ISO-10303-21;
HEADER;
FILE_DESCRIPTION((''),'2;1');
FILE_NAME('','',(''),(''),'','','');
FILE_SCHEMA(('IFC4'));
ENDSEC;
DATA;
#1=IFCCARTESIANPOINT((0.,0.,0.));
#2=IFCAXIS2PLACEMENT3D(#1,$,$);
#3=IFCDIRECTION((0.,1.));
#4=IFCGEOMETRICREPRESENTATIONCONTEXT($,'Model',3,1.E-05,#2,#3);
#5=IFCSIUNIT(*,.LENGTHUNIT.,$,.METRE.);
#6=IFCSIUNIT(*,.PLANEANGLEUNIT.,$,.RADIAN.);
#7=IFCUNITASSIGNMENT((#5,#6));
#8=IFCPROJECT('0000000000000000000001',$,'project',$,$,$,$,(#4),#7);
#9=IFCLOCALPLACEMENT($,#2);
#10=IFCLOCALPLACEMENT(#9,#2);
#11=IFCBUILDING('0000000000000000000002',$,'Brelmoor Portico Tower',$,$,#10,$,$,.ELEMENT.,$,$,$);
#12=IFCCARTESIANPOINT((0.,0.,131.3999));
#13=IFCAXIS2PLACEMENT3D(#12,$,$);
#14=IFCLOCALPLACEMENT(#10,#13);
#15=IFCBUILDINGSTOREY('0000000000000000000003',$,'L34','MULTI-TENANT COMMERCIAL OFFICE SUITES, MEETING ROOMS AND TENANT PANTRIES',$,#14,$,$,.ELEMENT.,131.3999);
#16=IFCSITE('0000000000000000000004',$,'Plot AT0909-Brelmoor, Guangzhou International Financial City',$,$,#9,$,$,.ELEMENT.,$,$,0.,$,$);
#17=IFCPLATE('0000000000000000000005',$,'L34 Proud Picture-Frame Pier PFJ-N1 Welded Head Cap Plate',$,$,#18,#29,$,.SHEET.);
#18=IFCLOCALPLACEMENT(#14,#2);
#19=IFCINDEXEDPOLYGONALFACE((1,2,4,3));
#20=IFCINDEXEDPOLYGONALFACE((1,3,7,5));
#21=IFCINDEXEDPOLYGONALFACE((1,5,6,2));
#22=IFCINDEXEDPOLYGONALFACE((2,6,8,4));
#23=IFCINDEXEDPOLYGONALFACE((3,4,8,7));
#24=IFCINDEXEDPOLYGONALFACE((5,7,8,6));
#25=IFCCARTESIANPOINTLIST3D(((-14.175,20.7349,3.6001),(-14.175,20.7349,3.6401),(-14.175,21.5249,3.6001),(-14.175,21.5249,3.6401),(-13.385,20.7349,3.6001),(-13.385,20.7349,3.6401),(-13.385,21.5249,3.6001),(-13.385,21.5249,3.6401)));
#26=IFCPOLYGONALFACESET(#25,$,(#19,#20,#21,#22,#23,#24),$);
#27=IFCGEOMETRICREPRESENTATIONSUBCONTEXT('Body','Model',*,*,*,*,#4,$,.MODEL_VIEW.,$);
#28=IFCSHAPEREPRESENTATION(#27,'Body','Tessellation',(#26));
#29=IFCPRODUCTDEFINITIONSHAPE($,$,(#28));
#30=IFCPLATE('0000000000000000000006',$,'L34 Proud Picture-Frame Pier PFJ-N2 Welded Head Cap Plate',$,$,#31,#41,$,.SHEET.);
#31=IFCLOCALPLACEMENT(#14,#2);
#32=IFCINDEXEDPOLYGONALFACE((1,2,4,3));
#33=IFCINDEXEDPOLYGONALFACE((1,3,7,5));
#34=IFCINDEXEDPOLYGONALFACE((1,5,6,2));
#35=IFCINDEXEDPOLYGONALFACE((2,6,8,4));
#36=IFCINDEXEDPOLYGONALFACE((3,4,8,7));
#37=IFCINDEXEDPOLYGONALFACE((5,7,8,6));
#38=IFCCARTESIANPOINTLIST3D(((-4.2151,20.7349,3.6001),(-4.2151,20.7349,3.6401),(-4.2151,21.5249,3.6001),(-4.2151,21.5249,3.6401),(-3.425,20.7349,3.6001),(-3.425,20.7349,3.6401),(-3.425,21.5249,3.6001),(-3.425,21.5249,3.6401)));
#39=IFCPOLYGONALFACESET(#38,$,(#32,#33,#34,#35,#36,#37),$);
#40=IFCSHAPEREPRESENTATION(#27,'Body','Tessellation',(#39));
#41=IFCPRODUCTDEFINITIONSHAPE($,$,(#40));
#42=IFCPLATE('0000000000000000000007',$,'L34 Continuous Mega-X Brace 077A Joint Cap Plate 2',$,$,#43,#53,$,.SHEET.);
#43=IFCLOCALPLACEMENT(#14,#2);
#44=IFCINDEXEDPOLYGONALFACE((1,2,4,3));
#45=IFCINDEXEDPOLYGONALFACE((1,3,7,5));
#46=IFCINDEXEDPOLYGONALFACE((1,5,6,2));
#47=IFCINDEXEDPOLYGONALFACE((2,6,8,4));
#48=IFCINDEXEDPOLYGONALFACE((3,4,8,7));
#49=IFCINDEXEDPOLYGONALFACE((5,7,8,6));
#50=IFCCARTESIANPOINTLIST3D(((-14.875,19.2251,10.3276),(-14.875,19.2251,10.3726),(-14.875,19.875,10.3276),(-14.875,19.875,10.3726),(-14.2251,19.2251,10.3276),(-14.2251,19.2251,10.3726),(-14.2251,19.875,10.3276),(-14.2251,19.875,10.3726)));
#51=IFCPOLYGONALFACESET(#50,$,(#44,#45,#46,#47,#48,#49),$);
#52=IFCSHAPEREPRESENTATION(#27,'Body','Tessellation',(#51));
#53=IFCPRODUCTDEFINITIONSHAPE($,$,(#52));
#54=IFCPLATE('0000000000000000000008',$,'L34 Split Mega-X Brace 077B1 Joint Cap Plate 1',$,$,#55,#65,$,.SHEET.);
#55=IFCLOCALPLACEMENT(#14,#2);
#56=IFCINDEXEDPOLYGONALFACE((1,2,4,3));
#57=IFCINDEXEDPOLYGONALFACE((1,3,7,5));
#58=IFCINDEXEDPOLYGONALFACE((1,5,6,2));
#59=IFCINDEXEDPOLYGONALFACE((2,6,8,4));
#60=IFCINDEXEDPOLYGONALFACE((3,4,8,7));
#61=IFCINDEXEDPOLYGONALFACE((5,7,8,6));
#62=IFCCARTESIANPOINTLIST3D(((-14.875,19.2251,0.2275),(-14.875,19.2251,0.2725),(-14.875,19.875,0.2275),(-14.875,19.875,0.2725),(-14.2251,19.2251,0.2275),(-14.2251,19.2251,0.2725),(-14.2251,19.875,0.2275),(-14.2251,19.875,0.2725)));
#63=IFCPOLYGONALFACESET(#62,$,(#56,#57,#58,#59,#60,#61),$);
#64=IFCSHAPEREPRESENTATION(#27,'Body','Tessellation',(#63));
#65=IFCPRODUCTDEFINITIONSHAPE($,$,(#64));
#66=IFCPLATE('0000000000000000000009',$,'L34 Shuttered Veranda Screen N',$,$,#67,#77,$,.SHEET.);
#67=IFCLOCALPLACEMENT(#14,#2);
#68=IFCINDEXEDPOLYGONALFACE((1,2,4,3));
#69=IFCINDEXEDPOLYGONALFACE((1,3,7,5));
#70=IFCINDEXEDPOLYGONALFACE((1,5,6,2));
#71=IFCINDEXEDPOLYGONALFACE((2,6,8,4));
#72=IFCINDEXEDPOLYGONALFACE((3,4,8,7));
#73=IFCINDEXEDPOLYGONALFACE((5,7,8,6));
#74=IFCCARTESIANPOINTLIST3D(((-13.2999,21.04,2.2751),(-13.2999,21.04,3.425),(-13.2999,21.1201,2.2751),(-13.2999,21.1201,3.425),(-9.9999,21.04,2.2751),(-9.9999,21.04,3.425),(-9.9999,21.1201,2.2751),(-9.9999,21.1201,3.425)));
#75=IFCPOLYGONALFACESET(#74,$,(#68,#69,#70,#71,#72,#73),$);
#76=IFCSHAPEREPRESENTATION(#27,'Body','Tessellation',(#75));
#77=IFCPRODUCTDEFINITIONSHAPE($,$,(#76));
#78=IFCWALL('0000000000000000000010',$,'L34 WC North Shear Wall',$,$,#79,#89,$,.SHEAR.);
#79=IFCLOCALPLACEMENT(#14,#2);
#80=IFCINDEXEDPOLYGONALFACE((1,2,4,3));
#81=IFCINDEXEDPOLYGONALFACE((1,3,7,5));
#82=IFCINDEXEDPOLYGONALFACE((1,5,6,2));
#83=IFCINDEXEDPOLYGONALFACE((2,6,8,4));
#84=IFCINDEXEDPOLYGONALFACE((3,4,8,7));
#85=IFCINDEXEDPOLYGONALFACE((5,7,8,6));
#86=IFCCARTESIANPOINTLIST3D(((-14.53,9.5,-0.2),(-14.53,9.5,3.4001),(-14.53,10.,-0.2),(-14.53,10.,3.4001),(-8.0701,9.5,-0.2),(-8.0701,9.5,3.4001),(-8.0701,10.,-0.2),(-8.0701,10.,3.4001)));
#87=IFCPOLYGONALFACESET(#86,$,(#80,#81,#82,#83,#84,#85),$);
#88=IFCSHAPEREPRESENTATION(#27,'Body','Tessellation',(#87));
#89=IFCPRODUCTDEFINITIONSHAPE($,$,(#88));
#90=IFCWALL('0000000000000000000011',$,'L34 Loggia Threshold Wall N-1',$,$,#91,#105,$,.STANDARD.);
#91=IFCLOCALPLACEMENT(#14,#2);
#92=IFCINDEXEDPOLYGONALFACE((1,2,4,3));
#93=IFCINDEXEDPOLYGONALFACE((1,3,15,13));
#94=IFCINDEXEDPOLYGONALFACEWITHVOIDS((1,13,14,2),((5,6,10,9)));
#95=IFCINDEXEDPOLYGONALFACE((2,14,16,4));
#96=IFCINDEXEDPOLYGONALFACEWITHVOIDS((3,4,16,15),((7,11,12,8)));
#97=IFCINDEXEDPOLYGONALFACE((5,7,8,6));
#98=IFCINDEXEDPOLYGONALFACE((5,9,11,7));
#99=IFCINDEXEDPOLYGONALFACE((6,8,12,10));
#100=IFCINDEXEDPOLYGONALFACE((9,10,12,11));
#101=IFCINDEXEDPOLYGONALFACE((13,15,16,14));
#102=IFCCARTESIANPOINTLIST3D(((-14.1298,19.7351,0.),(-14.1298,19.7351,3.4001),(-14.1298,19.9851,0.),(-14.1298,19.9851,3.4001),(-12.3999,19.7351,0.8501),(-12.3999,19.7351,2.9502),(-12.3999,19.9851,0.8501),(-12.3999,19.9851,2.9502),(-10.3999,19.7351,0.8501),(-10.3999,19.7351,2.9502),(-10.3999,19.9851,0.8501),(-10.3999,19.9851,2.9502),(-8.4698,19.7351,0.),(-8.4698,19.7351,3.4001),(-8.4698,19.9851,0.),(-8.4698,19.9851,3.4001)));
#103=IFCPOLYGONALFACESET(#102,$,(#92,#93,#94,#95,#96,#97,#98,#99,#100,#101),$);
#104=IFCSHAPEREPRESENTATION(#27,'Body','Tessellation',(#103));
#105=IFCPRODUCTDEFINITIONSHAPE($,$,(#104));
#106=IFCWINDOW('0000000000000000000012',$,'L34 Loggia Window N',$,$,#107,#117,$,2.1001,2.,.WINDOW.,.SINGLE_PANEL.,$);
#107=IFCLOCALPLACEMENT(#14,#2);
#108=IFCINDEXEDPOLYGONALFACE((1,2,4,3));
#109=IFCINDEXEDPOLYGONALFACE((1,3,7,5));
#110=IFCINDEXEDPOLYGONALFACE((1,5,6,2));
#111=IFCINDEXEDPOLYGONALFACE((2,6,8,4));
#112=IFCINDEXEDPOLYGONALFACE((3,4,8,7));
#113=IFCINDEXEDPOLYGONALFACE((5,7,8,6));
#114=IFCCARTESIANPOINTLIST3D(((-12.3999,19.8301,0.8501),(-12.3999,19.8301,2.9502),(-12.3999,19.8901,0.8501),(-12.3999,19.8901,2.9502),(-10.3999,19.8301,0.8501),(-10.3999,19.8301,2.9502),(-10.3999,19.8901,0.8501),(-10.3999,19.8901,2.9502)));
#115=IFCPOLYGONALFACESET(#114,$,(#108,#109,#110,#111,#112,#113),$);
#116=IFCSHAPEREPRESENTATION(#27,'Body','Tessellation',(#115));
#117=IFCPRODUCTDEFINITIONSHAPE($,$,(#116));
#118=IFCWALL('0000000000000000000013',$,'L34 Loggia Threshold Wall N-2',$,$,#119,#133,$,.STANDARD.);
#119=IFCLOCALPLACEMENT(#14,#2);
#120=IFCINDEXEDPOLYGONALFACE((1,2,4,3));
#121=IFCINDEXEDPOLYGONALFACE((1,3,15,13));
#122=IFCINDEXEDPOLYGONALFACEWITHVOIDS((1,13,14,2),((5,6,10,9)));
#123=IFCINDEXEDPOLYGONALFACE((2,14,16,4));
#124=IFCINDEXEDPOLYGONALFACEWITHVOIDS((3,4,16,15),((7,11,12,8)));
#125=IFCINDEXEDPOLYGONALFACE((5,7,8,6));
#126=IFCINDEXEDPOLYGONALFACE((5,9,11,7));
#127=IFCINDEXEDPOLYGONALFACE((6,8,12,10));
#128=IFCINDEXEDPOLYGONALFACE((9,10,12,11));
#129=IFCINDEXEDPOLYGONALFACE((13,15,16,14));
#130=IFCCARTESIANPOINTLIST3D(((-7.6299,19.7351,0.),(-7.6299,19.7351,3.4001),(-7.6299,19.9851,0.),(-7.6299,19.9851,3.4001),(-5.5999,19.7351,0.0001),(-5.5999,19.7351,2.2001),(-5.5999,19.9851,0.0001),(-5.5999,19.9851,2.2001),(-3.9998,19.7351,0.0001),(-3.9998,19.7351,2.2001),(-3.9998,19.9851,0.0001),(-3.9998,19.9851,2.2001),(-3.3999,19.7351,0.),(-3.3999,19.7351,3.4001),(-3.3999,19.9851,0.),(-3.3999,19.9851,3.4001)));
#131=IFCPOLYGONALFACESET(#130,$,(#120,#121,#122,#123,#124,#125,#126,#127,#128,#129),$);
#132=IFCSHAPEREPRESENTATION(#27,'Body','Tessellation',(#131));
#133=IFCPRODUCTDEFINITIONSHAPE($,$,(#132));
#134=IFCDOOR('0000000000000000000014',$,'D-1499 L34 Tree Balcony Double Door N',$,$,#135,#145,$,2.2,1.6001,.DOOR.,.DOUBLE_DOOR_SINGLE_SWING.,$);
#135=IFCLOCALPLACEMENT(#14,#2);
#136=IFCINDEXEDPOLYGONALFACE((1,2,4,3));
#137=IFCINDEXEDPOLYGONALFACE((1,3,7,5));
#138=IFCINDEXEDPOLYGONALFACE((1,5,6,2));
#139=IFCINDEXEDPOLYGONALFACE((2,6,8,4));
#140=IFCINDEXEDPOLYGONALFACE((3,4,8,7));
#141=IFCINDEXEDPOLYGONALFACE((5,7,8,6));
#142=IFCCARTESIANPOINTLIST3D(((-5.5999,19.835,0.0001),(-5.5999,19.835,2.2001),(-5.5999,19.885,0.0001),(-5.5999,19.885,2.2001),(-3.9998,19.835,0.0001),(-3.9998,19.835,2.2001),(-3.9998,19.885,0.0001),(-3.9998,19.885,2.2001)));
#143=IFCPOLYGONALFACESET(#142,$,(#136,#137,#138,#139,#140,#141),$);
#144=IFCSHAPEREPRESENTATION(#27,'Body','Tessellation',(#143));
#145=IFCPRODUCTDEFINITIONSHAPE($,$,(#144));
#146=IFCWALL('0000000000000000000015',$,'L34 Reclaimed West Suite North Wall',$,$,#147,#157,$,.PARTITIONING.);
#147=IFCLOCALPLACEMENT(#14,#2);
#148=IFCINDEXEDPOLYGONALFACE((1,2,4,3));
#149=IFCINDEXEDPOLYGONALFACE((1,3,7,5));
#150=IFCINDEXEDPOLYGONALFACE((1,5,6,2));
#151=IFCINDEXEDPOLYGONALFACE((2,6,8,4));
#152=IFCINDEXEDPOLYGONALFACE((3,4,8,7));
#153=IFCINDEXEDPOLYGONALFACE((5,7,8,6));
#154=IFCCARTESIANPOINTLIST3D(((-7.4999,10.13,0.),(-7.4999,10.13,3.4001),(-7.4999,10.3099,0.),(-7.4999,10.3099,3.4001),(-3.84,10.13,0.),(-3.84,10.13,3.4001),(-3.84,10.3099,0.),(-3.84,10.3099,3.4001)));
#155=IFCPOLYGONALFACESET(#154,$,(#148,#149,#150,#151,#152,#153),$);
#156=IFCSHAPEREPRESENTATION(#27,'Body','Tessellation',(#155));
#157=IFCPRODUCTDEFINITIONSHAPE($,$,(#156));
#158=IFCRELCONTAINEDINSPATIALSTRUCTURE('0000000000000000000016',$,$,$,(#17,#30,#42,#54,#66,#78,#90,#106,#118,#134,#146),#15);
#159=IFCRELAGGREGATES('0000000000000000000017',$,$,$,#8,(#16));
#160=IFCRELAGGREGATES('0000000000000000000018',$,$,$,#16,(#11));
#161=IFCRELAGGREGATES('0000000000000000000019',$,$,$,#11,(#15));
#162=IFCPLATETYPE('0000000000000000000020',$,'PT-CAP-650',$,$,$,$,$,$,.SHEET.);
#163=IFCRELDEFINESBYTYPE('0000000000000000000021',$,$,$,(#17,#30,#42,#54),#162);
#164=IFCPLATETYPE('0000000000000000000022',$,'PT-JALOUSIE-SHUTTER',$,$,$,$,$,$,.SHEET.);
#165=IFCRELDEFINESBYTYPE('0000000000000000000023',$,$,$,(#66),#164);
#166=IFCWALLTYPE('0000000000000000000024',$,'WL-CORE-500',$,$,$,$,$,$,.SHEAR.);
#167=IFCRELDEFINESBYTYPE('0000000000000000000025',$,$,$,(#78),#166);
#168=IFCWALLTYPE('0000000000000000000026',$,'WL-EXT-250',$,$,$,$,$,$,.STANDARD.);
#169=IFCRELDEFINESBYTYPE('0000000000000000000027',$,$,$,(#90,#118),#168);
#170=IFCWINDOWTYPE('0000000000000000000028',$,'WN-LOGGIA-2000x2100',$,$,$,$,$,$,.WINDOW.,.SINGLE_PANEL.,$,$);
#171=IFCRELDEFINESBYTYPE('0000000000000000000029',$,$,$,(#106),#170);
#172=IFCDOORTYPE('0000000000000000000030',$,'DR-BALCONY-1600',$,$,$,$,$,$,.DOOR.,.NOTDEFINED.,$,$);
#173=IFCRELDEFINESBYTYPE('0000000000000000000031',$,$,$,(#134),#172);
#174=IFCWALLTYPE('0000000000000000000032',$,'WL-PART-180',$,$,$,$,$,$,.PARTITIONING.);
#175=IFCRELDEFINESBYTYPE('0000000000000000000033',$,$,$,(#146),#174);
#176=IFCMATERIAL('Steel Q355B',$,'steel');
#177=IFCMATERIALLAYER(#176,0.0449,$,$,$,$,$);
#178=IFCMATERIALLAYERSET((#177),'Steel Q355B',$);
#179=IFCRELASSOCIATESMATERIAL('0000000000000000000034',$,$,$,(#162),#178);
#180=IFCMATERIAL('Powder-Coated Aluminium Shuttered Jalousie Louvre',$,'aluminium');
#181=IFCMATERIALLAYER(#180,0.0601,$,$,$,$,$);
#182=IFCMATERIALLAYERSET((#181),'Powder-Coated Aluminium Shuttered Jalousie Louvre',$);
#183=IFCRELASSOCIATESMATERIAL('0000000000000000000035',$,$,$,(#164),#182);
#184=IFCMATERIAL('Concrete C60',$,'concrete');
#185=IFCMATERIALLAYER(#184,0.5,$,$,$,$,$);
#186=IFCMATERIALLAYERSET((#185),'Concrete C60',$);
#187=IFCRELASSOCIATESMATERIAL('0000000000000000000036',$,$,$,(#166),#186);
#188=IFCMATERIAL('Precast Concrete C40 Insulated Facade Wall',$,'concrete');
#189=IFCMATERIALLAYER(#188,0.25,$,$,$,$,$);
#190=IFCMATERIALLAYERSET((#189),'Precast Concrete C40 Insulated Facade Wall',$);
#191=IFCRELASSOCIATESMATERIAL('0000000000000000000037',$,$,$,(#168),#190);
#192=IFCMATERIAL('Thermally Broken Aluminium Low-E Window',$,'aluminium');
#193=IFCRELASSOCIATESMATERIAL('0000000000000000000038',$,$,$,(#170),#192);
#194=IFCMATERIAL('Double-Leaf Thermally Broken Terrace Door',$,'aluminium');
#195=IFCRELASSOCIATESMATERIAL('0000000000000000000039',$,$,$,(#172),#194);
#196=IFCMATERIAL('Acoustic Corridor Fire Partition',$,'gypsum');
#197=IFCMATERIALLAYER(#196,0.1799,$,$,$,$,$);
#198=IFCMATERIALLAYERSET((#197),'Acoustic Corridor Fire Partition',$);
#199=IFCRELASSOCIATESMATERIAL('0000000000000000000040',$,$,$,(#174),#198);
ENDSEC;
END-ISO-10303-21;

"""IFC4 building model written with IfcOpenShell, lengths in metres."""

from ifc_helpers import new_model, si_unit, direction, frame, frame_2d, origin, origin_2d, place, context, subcontext, project, spatial, rectangle, extrude, material, layer, layer_set, type_object, element, fill, save


model = new_model("IFC4")

# Units and contexts
model_context = context("Model", 3, precision=1e-05, world=origin(), true_north=direction((0.0, 1.0)))
body_context = subcontext(model_context, "Body", "Model", "MODEL_VIEW")
ifc_project = project(units=[si_unit("LENGTHUNIT", "METRE"), si_unit("PLANEANGLEUNIT", "RADIAN")], contexts=[model_context])

# Site, building, storey
site_placement = place(None, origin())
site = spatial("IfcSite", under=ifc_project, at=site_placement, Name="Plot AT0909-Brelmoor, Guangzhou International Financial City", CompositionType="ELEMENT", RefElevation=0.0)
building_placement = place(site_placement, origin())
building = spatial("IfcBuilding", under=site, at=building_placement, Name="Brelmoor Portico Tower", CompositionType="ELEMENT")
storey_placement = place(building_placement, frame((0.0, 0.0, 131.3999)))
storey = spatial("IfcBuildingStorey", under=building, at=storey_placement, Name="L34", Description="MULTI-TENANT COMMERCIAL OFFICE SUITES, MEETING ROOMS AND TENANT PANTRIES", CompositionType="ELEMENT", Elevation=131.3999)

# Shared definitions
ifc_material_1 = material(Name="Steel Q355B", Category="steel")

# Plates
ifc_layer_1 = layer(ifc_material_1, 0.0449)
ifc_layer_set_1 = layer_set([ifc_layer_1], Name="Steel Q355B")
plate_type_1 = type_object("IfcPlateType", Name="PT-CAP-650", PredefinedType="SHEET", material=ifc_layer_set_1)
for number, where, z_axis, x_axis, name in (
    (1, (-13.78, 21.1299, 3.6001), (0.0, 0.0, 1.0), (1.0, 0.0, 0.0), "L34 Proud Picture-Frame Pier PFJ-N1 Welded Head Cap Plate"),
    (2, (-3.8201, 21.1299, 3.6001), (0.0, 0.0, 1.0), (1.0, 0.0, 0.0), "L34 Proud Picture-Frame Pier PFJ-N2 Welded Head Cap Plate"),
):
    element("IfcPlate", number, at=place(storey_placement, frame(where, z_axis=z_axis, x_axis=x_axis)), inside=storey, type_object=plate_type_1, Name=name, PredefinedType="SHEET", context=body_context, shape_type="SweptSolid", body=[
        extrude(rectangle(XDim=0.79, YDim=0.79, at=origin_2d()), origin(), (0.0, 0.0, 1.0), 0.04),
    ])
for number, where, z_axis, x_axis, name in (
    (3, (-14.55, 19.55, 10.3276), (0.0, 0.0, 1.0), (1.0, 0.0, 0.0), "L34 Continuous Mega-X Brace 077A Joint Cap Plate 2"),
    (4, (-14.55, 19.55, 0.2275), (0.0, 0.0, 1.0), (1.0, 0.0, 0.0), "L34 Split Mega-X Brace 077B1 Joint Cap Plate 1"),
):
    element("IfcPlate", number, at=place(storey_placement, frame(where, z_axis=z_axis, x_axis=x_axis)), inside=storey, type_object=plate_type_1, Name=name, PredefinedType="SHEET", context=body_context, shape_type="SweptSolid", body=[
        extrude(rectangle(XDim=0.6499, YDim=0.6499, at=origin_2d()), origin(), (0.0, 0.0, 1.0), 0.0449),
    ])
ifc_material_2 = material(Name="Powder-Coated Aluminium Shuttered Jalousie Louvre", Category="aluminium")
ifc_layer_2 = layer(ifc_material_2, 0.0601)
ifc_layer_set_2 = layer_set([ifc_layer_2], Name="Powder-Coated Aluminium Shuttered Jalousie Louvre")
plate_type_2 = type_object("IfcPlateType", Name="PT-JALOUSIE-SHUTTER", PredefinedType="SHEET", material=ifc_layer_set_2)
plate_placement = place(storey_placement, frame((-11.6499, 21.0801, 2.2751), z_axis=(0.0, 0.0, 1.0), x_axis=(1.0, 0.0, 0.0)))
element("IfcPlate", 5, at=plate_placement, inside=storey, type_object=plate_type_2, Name="L34 Shuttered Veranda Screen N", PredefinedType="SHEET", context=body_context, shape_type="SweptSolid", body=[
    extrude(rectangle(XDim=3.3, YDim=0.0801, at=origin_2d()), origin(), (0.0, 0.0, 1.0), 1.1499),
])

# Wall
ifc_material_3 = material(Name="Concrete C60", Category="concrete")
ifc_layer_3 = layer(ifc_material_3, 0.5)
ifc_layer_set_3 = layer_set([ifc_layer_3], Name="Concrete C60")
wall_type_1 = type_object("IfcWallType", Name="WL-CORE-500", PredefinedType="SHEAR", material=ifc_layer_set_3)
wall_1_placement = place(storey_placement, frame((-14.53, 9.75, -0.2), z_axis=(0.0, 0.0, 1.0), x_axis=(1.0, 0.0, 0.0)))
element("IfcWall", 6, at=wall_1_placement, inside=storey, type_object=wall_type_1, Name="L34 WC North Shear Wall", PredefinedType="SHEAR", context=body_context, shape_type="SweptSolid", body=[
    extrude(rectangle(XDim=6.46, YDim=0.5, at=frame_2d((3.23, 0.0))), origin(), (0.0, 0.0, 1.0), 3.6001),
])

# Wall, opening, window
ifc_material_4 = material(Name="Precast Concrete C40 Insulated Facade Wall", Category="concrete")
ifc_layer_4 = layer(ifc_material_4, 0.25)
ifc_layer_set_4 = layer_set([ifc_layer_4], Name="Precast Concrete C40 Insulated Facade Wall")
wall_type_2 = type_object("IfcWallType", Name="WL-EXT-250", PredefinedType="STANDARD", material=ifc_layer_set_4)
wall_2_placement = place(storey_placement, frame((-14.1299, 19.8601, 0.0), z_axis=(0.0, 0.0, 1.0), x_axis=(1.0, 0.0, 0.0)))
wall_2 = element("IfcWall", 7, at=wall_2_placement, inside=storey, type_object=wall_type_2, Name="L34 Loggia Threshold Wall N-1", PredefinedType="STANDARD", context=body_context, shape_type="SweptSolid", body=[
    extrude(rectangle(XDim=5.6599, YDim=0.25, at=frame_2d((2.8301, 0.0))), origin(), (0.0, 0.0, 1.0), 3.4001),
])
opening_1_placement = place(wall_2_placement, frame((1.73, 0.0, 0.8501)))
opening_1 = element("IfcOpeningElement", 8, at=opening_1_placement, cuts=wall_2, PredefinedType="OPENING", context=body_context, shape_type="SweptSolid", body=[
    extrude(rectangle(XDim=2.0, YDim=2.1001, at=frame_2d((1.0, 1.05))), frame((0.0, 0.135, 0.0), z_axis=(0.0, -1.0, 0.0), x_axis=(1.0, 0.0, 0.0)), (0.0, 0.0, 1.0), 0.27),
])
ifc_material_5 = material(Name="Thermally Broken Aluminium Low-E Window", Category="aluminium")
window_type = type_object("IfcWindowType", Name="WN-LOGGIA-2000x2100", PartitioningType="SINGLE_PANEL", PredefinedType="WINDOW", material=ifc_material_5)
window_placement = place(opening_1_placement, origin())
window = element("IfcWindow", 9, at=window_placement, inside=storey, type_object=window_type, Name="L34 Loggia Window N", OverallHeight=2.1001, OverallWidth=2.0, PartitioningType="SINGLE_PANEL", PredefinedType="WINDOW", context=body_context, shape_type="SweptSolid", body=[
    extrude(rectangle(XDim=2.0, YDim=2.1001, at=frame_2d((1.0, 1.05))), frame((0.0, 0.03, 0.0), z_axis=(0.0, -1.0, 0.0), x_axis=(1.0, 0.0, 0.0)), (0.0, 0.0, 1.0), 0.0601),
])
fill(opening_1, window)

# Wall, opening, door
wall_3_placement = place(storey_placement, frame((-7.6299, 19.8601, 0.0), z_axis=(0.0, 0.0, 1.0), x_axis=(1.0, 0.0, 0.0)))
wall_3 = element("IfcWall", 10, at=wall_3_placement, inside=storey, type_object=wall_type_2, Name="L34 Loggia Threshold Wall N-2", PredefinedType="STANDARD", context=body_context, shape_type="SweptSolid", body=[
    extrude(rectangle(XDim=4.23, YDim=0.25, at=frame_2d((2.115, 0.0))), origin(), (0.0, 0.0, 1.0), 3.4001),
])
opening_2_placement = place(wall_3_placement, frame((2.03, 0.0, 0.0)))
opening_2 = element("IfcOpeningElement", 11, at=opening_2_placement, cuts=wall_3, PredefinedType="OPENING", context=body_context, shape_type="SweptSolid", body=[
    extrude(rectangle(XDim=1.6001, YDim=2.2, at=frame_2d((0.8, 1.1001))), frame((0.0, 0.135, 0.0), z_axis=(0.0, -1.0, 0.0), x_axis=(1.0, 0.0, 0.0)), (0.0, 0.0, 1.0), 0.27),
])
ifc_material_6 = material(Name="Double-Leaf Thermally Broken Terrace Door", Category="aluminium")
door_type_1 = type_object("IfcDoorType", Name="DR-BALCONY-1600", OperationType="NOTDEFINED", PredefinedType="DOOR", material=ifc_material_6)
door_1_placement = place(opening_2_placement, origin())
door_1 = element("IfcDoor", 12, at=door_1_placement, inside=storey, type_object=door_type_1, Name="D-1499 L34 Tree Balcony Double Door N", OperationType="DOUBLE_DOOR_SINGLE_SWING", OverallHeight=2.2, OverallWidth=1.6001, PredefinedType="DOOR", context=body_context, shape_type="SweptSolid", body=[
    extrude(rectangle(XDim=1.6001, YDim=2.2, at=frame_2d((0.8, 1.1001))), frame((0.0, 0.0249, 0.0), z_axis=(0.0, -1.0, 0.0), x_axis=(1.0, 0.0, 0.0)), (0.0, 0.0, 1.0), 0.05),
])
fill(opening_2, door_1)

# Wall
ifc_material_7 = material(Name="Acoustic Corridor Fire Partition", Category="gypsum")
ifc_layer_5 = layer(ifc_material_7, 0.1799)
ifc_layer_set_5 = layer_set([ifc_layer_5], Name="Acoustic Corridor Fire Partition")
wall_type_3 = type_object("IfcWallType", Name="WL-PART-180", PredefinedType="PARTITIONING", material=ifc_layer_set_5)
wall_4_placement = place(storey_placement, frame((-7.5, 10.22, 0.0), z_axis=(0.0, 0.0, 1.0), x_axis=(1.0, 0.0, 0.0)))
element("IfcWall", 13, at=wall_4_placement, inside=storey, type_object=wall_type_3, Name="L34 Reclaimed West Suite North Wall", PredefinedType="PARTITIONING", context=body_context, shape_type="SweptSolid", body=[
    extrude(rectangle(XDim=3.6599, YDim=0.1799, at=frame_2d((1.8301, 0.0))), origin(), (0.0, 0.0, 1.0), 3.4001),
])

save(model, "model.ifc")
